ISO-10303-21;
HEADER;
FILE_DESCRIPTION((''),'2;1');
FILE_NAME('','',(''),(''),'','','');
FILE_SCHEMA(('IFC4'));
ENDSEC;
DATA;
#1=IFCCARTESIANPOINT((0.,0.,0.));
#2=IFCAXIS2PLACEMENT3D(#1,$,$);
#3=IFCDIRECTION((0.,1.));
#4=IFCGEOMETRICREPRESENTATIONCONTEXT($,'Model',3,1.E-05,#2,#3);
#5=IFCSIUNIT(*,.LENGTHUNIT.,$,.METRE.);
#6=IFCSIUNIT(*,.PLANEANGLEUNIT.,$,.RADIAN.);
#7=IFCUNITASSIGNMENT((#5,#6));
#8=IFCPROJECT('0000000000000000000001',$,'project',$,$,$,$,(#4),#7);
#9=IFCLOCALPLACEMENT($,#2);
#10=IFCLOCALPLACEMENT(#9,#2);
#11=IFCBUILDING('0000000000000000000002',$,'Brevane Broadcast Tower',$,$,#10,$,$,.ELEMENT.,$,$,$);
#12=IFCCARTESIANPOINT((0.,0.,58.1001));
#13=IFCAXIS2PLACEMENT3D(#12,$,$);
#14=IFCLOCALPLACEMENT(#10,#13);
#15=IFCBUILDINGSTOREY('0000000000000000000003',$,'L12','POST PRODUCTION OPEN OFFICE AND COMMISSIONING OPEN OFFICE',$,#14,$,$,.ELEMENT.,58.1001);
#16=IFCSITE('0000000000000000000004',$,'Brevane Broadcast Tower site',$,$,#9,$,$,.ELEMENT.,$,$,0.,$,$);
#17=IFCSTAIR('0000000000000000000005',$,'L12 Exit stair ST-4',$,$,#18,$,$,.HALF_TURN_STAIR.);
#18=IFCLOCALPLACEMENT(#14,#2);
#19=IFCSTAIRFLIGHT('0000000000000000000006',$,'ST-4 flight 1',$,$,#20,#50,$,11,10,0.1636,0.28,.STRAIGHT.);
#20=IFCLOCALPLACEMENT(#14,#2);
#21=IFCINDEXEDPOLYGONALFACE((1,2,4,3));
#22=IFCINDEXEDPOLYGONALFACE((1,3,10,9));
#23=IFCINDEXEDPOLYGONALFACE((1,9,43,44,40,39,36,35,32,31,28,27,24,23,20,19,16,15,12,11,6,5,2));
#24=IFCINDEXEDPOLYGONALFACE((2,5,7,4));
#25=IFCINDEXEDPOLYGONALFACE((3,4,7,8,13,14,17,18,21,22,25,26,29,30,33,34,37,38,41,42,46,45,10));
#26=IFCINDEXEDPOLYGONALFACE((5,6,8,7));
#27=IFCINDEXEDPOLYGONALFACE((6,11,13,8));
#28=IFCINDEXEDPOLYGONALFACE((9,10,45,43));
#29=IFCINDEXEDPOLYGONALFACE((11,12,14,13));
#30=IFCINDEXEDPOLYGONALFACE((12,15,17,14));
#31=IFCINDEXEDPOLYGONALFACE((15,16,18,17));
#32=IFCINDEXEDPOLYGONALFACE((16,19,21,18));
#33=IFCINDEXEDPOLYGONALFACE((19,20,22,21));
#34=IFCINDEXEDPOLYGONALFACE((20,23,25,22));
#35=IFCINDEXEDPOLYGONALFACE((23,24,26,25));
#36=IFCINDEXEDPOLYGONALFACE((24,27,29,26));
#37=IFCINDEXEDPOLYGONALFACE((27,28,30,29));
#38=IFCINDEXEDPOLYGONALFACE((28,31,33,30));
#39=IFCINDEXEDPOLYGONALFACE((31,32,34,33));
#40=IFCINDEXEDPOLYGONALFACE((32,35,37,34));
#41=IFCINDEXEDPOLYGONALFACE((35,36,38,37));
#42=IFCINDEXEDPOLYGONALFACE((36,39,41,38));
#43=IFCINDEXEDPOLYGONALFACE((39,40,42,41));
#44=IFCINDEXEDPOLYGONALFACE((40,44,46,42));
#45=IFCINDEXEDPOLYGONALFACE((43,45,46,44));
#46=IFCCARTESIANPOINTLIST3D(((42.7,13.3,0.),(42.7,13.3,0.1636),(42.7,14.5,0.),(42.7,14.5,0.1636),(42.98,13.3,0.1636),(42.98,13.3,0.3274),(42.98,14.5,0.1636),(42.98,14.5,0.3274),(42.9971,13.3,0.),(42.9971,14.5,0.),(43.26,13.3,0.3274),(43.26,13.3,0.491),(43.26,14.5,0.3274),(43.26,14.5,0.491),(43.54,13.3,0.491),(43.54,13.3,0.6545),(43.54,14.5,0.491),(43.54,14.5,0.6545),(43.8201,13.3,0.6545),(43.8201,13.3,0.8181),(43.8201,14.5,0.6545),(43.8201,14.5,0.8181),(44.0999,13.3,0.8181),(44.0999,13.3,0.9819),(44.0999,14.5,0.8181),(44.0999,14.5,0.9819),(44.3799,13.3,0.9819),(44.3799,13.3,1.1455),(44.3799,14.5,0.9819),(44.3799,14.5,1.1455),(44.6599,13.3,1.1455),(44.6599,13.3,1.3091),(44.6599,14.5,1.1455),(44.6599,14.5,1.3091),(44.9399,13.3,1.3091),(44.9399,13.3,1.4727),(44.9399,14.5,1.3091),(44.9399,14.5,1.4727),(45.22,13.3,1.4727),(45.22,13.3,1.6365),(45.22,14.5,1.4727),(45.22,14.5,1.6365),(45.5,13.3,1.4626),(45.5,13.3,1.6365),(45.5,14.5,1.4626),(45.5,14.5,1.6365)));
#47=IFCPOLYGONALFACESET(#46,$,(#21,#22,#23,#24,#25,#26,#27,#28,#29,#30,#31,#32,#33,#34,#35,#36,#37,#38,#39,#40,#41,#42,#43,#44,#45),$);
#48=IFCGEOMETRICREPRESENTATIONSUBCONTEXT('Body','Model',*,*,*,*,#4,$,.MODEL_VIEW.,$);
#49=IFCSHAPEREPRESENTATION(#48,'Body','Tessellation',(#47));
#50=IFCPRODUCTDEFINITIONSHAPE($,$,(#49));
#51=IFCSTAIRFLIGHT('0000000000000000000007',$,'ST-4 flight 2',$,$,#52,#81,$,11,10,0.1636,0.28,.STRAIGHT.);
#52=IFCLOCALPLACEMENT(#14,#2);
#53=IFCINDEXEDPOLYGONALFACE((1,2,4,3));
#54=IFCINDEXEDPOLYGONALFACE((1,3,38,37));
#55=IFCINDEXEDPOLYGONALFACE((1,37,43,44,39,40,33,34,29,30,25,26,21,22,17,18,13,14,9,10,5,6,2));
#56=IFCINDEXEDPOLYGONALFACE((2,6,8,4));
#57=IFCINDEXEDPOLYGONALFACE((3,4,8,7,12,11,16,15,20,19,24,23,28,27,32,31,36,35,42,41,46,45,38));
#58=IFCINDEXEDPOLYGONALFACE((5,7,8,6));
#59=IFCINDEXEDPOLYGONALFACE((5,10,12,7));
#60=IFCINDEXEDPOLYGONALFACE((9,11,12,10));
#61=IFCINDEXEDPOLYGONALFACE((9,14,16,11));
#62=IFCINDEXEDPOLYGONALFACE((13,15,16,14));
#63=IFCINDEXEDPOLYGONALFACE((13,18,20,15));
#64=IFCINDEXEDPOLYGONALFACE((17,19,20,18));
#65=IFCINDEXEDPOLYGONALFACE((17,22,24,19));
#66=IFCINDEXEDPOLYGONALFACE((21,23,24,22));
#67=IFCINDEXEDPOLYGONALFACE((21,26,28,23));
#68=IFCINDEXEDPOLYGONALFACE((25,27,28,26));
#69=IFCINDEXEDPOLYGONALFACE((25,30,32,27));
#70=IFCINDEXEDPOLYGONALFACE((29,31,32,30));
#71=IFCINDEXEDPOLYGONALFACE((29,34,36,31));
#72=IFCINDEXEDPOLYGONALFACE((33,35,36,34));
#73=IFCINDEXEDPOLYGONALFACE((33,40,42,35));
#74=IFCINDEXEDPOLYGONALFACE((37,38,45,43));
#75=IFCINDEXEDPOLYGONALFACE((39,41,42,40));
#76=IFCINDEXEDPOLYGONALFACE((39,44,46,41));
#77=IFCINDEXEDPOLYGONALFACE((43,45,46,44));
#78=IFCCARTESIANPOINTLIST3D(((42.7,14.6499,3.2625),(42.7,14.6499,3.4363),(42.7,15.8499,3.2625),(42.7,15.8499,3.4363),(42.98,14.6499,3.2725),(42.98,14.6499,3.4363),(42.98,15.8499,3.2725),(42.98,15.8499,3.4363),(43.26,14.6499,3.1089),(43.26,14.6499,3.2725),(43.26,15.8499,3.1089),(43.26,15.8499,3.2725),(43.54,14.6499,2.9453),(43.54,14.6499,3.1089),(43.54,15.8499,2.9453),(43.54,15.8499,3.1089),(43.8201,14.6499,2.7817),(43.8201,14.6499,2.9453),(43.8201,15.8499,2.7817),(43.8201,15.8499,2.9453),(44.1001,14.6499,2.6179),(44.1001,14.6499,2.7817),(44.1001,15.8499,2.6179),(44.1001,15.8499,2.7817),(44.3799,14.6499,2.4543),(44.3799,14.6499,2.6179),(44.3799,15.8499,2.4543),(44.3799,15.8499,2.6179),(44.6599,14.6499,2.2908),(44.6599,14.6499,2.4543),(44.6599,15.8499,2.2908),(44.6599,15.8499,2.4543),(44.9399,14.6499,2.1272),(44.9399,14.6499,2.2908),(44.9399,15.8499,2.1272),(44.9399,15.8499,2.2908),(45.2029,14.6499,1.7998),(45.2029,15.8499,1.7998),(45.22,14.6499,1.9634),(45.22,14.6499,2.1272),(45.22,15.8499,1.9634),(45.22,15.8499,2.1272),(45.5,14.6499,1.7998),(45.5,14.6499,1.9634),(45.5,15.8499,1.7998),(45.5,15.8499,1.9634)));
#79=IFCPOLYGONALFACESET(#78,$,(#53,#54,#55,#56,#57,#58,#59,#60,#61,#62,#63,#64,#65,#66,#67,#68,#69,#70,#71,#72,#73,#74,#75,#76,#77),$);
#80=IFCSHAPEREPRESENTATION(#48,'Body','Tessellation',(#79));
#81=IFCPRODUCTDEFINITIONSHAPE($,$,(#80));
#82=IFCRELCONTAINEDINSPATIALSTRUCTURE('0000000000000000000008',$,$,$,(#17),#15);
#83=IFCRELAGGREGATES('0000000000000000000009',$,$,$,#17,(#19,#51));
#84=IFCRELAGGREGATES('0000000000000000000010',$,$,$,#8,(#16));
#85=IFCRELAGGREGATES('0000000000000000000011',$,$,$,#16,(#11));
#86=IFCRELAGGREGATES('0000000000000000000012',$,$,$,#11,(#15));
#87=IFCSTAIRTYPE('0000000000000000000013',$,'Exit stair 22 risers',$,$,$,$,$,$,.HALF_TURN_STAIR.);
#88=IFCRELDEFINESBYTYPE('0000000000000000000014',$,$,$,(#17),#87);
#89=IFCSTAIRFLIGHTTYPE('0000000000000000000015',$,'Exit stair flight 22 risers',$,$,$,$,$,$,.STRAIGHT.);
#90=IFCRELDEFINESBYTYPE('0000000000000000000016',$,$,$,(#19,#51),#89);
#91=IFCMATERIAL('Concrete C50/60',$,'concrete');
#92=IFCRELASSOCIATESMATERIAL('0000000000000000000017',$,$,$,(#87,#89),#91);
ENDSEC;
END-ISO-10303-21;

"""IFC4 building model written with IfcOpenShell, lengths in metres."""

from ifc_helpers import new_model, si_unit, direction, frame, origin, place, context, subcontext, project, spatial, polyline, outline, extrude, material, type_object, element, aggregate, save


model = new_model("IFC4")

# Units and contexts
model_context = context("Model", 3, precision=1e-05, world=origin(), true_north=direction((0.0, 1.0)))
body_context = subcontext(model_context, "Body", "Model", "MODEL_VIEW")
ifc_project = project(units=[si_unit("LENGTHUNIT", "METRE"), si_unit("PLANEANGLEUNIT", "RADIAN")], contexts=[model_context])

# Site, building, storey
site_placement = place(None, origin())
site = spatial("IfcSite", under=ifc_project, at=site_placement, Name="Brevane Broadcast Tower site", CompositionType="ELEMENT", RefElevation=0.0)
building_placement = place(site_placement, origin())
building = spatial("IfcBuilding", under=site, at=building_placement, Name="Brevane Broadcast Tower", CompositionType="ELEMENT")
storey_placement = place(building_placement, frame((0.0, 0.0, 58.1001)))
storey = spatial("IfcBuildingStorey", under=building, at=storey_placement, Name="L12", Description="POST PRODUCTION OPEN OFFICE AND COMMISSIONING OPEN OFFICE", CompositionType="ELEMENT", Elevation=58.1001)

# Stair, stair flights
ifc_material_1 = material(Name="Concrete C50/60", Category="concrete")
stair_type = type_object("IfcStairType", Name="Exit stair 22 risers", PredefinedType="HALF_TURN_STAIR", material=ifc_material_1)
stair_placement = place(storey_placement, origin())
stair = element("IfcStair", 1, at=stair_placement, inside=storey, type_object=stair_type, Name="L12 Exit stair ST-4", PredefinedType="HALF_TURN_STAIR")
stair_flight_type = type_object("IfcStairFlightType", Name="Exit stair flight 22 risers", PredefinedType="STRAIGHT", material=ifc_material_1)
stair_flight_1_placement = place(storey_placement, frame((42.7, 13.8999, 0.0), z_axis=(0.0, 0.0, 1.0), x_axis=(1.0, 0.0, 0.0)))
stair_flight_1 = element("IfcStairFlight", 2, at=stair_flight_1_placement, type_object=stair_flight_type, Name="ST-4 flight 1", NumberOfRisers=11, NumberOfTreads=10, PredefinedType="STRAIGHT", RiserHeight=0.1636, TreadLength=0.28, context=body_context, shape_type="SweptSolid", body=[
    extrude(outline(polyline([(0.0, 0.0), (0.0, 0.1636), (0.28, 0.1636), (0.28, 0.3274), (0.5601, 0.3274), (0.5601, 0.491), (0.8401, 0.491), (0.8401, 0.6545), (1.1201, 0.6545), (1.1201, 0.8181), (1.3999, 0.8181), (1.3999, 0.9819), (1.6799, 0.9819), (1.6799, 1.1455), (1.96, 1.1455), (1.96, 1.3091), (2.24, 1.3091), (2.24, 1.4727), (2.52, 1.4727), (2.52, 1.6365), (2.8, 1.6365), (2.8, 1.8), (2.8, 1.4626), (0.2971, 0.0), (0.0, 0.0)])), frame((0.0, 0.6001, 0.0), z_axis=(0.0, -1.0, 0.0), x_axis=(1.0, 0.0, 0.0)), (0.0, 0.0, 1.0), 1.2),
])
stair_flight_2_placement = place(storey_placement, frame((45.5, 15.25, 1.7998), z_axis=(0.0, 0.0, 1.0), x_axis=(-1.0, 0.0, 0.0)))
stair_flight_2 = element("IfcStairFlight", 3, at=stair_flight_2_placement, type_object=stair_flight_type, Name="ST-4 flight 2", NumberOfRisers=11, NumberOfTreads=10, PredefinedType="STRAIGHT", RiserHeight=0.1636, TreadLength=0.28, context=body_context, shape_type="SweptSolid", body=[
    extrude(outline(polyline([(0.0, 0.0), (0.0, 0.1636), (0.28, 0.1636), (0.28, 0.3274), (0.5601, 0.3274), (0.5601, 0.491), (0.8401, 0.491), (0.8401, 0.6545), (1.1201, 0.6545), (1.1201, 0.8181), (1.3999, 0.8181), (1.3999, 0.9819), (1.6799, 0.9819), (1.6799, 1.1455), (1.96, 1.1455), (1.96, 1.3091), (2.24, 1.3091), (2.24, 1.4727), (2.52, 1.4727), (2.52, 1.6365), (2.8, 1.6365), (2.8, 1.8), (2.8, 1.4626), (0.2971, 0.0), (0.0, 0.0)])), frame((0.0, 0.6001, 0.0), z_axis=(0.0, -1.0, 0.0), x_axis=(1.0, 0.0, 0.0)), (0.0, 0.0, 1.0), 1.2),
])
aggregate(stair, [stair_flight_1, stair_flight_2])

save(model, "model.ifc")
